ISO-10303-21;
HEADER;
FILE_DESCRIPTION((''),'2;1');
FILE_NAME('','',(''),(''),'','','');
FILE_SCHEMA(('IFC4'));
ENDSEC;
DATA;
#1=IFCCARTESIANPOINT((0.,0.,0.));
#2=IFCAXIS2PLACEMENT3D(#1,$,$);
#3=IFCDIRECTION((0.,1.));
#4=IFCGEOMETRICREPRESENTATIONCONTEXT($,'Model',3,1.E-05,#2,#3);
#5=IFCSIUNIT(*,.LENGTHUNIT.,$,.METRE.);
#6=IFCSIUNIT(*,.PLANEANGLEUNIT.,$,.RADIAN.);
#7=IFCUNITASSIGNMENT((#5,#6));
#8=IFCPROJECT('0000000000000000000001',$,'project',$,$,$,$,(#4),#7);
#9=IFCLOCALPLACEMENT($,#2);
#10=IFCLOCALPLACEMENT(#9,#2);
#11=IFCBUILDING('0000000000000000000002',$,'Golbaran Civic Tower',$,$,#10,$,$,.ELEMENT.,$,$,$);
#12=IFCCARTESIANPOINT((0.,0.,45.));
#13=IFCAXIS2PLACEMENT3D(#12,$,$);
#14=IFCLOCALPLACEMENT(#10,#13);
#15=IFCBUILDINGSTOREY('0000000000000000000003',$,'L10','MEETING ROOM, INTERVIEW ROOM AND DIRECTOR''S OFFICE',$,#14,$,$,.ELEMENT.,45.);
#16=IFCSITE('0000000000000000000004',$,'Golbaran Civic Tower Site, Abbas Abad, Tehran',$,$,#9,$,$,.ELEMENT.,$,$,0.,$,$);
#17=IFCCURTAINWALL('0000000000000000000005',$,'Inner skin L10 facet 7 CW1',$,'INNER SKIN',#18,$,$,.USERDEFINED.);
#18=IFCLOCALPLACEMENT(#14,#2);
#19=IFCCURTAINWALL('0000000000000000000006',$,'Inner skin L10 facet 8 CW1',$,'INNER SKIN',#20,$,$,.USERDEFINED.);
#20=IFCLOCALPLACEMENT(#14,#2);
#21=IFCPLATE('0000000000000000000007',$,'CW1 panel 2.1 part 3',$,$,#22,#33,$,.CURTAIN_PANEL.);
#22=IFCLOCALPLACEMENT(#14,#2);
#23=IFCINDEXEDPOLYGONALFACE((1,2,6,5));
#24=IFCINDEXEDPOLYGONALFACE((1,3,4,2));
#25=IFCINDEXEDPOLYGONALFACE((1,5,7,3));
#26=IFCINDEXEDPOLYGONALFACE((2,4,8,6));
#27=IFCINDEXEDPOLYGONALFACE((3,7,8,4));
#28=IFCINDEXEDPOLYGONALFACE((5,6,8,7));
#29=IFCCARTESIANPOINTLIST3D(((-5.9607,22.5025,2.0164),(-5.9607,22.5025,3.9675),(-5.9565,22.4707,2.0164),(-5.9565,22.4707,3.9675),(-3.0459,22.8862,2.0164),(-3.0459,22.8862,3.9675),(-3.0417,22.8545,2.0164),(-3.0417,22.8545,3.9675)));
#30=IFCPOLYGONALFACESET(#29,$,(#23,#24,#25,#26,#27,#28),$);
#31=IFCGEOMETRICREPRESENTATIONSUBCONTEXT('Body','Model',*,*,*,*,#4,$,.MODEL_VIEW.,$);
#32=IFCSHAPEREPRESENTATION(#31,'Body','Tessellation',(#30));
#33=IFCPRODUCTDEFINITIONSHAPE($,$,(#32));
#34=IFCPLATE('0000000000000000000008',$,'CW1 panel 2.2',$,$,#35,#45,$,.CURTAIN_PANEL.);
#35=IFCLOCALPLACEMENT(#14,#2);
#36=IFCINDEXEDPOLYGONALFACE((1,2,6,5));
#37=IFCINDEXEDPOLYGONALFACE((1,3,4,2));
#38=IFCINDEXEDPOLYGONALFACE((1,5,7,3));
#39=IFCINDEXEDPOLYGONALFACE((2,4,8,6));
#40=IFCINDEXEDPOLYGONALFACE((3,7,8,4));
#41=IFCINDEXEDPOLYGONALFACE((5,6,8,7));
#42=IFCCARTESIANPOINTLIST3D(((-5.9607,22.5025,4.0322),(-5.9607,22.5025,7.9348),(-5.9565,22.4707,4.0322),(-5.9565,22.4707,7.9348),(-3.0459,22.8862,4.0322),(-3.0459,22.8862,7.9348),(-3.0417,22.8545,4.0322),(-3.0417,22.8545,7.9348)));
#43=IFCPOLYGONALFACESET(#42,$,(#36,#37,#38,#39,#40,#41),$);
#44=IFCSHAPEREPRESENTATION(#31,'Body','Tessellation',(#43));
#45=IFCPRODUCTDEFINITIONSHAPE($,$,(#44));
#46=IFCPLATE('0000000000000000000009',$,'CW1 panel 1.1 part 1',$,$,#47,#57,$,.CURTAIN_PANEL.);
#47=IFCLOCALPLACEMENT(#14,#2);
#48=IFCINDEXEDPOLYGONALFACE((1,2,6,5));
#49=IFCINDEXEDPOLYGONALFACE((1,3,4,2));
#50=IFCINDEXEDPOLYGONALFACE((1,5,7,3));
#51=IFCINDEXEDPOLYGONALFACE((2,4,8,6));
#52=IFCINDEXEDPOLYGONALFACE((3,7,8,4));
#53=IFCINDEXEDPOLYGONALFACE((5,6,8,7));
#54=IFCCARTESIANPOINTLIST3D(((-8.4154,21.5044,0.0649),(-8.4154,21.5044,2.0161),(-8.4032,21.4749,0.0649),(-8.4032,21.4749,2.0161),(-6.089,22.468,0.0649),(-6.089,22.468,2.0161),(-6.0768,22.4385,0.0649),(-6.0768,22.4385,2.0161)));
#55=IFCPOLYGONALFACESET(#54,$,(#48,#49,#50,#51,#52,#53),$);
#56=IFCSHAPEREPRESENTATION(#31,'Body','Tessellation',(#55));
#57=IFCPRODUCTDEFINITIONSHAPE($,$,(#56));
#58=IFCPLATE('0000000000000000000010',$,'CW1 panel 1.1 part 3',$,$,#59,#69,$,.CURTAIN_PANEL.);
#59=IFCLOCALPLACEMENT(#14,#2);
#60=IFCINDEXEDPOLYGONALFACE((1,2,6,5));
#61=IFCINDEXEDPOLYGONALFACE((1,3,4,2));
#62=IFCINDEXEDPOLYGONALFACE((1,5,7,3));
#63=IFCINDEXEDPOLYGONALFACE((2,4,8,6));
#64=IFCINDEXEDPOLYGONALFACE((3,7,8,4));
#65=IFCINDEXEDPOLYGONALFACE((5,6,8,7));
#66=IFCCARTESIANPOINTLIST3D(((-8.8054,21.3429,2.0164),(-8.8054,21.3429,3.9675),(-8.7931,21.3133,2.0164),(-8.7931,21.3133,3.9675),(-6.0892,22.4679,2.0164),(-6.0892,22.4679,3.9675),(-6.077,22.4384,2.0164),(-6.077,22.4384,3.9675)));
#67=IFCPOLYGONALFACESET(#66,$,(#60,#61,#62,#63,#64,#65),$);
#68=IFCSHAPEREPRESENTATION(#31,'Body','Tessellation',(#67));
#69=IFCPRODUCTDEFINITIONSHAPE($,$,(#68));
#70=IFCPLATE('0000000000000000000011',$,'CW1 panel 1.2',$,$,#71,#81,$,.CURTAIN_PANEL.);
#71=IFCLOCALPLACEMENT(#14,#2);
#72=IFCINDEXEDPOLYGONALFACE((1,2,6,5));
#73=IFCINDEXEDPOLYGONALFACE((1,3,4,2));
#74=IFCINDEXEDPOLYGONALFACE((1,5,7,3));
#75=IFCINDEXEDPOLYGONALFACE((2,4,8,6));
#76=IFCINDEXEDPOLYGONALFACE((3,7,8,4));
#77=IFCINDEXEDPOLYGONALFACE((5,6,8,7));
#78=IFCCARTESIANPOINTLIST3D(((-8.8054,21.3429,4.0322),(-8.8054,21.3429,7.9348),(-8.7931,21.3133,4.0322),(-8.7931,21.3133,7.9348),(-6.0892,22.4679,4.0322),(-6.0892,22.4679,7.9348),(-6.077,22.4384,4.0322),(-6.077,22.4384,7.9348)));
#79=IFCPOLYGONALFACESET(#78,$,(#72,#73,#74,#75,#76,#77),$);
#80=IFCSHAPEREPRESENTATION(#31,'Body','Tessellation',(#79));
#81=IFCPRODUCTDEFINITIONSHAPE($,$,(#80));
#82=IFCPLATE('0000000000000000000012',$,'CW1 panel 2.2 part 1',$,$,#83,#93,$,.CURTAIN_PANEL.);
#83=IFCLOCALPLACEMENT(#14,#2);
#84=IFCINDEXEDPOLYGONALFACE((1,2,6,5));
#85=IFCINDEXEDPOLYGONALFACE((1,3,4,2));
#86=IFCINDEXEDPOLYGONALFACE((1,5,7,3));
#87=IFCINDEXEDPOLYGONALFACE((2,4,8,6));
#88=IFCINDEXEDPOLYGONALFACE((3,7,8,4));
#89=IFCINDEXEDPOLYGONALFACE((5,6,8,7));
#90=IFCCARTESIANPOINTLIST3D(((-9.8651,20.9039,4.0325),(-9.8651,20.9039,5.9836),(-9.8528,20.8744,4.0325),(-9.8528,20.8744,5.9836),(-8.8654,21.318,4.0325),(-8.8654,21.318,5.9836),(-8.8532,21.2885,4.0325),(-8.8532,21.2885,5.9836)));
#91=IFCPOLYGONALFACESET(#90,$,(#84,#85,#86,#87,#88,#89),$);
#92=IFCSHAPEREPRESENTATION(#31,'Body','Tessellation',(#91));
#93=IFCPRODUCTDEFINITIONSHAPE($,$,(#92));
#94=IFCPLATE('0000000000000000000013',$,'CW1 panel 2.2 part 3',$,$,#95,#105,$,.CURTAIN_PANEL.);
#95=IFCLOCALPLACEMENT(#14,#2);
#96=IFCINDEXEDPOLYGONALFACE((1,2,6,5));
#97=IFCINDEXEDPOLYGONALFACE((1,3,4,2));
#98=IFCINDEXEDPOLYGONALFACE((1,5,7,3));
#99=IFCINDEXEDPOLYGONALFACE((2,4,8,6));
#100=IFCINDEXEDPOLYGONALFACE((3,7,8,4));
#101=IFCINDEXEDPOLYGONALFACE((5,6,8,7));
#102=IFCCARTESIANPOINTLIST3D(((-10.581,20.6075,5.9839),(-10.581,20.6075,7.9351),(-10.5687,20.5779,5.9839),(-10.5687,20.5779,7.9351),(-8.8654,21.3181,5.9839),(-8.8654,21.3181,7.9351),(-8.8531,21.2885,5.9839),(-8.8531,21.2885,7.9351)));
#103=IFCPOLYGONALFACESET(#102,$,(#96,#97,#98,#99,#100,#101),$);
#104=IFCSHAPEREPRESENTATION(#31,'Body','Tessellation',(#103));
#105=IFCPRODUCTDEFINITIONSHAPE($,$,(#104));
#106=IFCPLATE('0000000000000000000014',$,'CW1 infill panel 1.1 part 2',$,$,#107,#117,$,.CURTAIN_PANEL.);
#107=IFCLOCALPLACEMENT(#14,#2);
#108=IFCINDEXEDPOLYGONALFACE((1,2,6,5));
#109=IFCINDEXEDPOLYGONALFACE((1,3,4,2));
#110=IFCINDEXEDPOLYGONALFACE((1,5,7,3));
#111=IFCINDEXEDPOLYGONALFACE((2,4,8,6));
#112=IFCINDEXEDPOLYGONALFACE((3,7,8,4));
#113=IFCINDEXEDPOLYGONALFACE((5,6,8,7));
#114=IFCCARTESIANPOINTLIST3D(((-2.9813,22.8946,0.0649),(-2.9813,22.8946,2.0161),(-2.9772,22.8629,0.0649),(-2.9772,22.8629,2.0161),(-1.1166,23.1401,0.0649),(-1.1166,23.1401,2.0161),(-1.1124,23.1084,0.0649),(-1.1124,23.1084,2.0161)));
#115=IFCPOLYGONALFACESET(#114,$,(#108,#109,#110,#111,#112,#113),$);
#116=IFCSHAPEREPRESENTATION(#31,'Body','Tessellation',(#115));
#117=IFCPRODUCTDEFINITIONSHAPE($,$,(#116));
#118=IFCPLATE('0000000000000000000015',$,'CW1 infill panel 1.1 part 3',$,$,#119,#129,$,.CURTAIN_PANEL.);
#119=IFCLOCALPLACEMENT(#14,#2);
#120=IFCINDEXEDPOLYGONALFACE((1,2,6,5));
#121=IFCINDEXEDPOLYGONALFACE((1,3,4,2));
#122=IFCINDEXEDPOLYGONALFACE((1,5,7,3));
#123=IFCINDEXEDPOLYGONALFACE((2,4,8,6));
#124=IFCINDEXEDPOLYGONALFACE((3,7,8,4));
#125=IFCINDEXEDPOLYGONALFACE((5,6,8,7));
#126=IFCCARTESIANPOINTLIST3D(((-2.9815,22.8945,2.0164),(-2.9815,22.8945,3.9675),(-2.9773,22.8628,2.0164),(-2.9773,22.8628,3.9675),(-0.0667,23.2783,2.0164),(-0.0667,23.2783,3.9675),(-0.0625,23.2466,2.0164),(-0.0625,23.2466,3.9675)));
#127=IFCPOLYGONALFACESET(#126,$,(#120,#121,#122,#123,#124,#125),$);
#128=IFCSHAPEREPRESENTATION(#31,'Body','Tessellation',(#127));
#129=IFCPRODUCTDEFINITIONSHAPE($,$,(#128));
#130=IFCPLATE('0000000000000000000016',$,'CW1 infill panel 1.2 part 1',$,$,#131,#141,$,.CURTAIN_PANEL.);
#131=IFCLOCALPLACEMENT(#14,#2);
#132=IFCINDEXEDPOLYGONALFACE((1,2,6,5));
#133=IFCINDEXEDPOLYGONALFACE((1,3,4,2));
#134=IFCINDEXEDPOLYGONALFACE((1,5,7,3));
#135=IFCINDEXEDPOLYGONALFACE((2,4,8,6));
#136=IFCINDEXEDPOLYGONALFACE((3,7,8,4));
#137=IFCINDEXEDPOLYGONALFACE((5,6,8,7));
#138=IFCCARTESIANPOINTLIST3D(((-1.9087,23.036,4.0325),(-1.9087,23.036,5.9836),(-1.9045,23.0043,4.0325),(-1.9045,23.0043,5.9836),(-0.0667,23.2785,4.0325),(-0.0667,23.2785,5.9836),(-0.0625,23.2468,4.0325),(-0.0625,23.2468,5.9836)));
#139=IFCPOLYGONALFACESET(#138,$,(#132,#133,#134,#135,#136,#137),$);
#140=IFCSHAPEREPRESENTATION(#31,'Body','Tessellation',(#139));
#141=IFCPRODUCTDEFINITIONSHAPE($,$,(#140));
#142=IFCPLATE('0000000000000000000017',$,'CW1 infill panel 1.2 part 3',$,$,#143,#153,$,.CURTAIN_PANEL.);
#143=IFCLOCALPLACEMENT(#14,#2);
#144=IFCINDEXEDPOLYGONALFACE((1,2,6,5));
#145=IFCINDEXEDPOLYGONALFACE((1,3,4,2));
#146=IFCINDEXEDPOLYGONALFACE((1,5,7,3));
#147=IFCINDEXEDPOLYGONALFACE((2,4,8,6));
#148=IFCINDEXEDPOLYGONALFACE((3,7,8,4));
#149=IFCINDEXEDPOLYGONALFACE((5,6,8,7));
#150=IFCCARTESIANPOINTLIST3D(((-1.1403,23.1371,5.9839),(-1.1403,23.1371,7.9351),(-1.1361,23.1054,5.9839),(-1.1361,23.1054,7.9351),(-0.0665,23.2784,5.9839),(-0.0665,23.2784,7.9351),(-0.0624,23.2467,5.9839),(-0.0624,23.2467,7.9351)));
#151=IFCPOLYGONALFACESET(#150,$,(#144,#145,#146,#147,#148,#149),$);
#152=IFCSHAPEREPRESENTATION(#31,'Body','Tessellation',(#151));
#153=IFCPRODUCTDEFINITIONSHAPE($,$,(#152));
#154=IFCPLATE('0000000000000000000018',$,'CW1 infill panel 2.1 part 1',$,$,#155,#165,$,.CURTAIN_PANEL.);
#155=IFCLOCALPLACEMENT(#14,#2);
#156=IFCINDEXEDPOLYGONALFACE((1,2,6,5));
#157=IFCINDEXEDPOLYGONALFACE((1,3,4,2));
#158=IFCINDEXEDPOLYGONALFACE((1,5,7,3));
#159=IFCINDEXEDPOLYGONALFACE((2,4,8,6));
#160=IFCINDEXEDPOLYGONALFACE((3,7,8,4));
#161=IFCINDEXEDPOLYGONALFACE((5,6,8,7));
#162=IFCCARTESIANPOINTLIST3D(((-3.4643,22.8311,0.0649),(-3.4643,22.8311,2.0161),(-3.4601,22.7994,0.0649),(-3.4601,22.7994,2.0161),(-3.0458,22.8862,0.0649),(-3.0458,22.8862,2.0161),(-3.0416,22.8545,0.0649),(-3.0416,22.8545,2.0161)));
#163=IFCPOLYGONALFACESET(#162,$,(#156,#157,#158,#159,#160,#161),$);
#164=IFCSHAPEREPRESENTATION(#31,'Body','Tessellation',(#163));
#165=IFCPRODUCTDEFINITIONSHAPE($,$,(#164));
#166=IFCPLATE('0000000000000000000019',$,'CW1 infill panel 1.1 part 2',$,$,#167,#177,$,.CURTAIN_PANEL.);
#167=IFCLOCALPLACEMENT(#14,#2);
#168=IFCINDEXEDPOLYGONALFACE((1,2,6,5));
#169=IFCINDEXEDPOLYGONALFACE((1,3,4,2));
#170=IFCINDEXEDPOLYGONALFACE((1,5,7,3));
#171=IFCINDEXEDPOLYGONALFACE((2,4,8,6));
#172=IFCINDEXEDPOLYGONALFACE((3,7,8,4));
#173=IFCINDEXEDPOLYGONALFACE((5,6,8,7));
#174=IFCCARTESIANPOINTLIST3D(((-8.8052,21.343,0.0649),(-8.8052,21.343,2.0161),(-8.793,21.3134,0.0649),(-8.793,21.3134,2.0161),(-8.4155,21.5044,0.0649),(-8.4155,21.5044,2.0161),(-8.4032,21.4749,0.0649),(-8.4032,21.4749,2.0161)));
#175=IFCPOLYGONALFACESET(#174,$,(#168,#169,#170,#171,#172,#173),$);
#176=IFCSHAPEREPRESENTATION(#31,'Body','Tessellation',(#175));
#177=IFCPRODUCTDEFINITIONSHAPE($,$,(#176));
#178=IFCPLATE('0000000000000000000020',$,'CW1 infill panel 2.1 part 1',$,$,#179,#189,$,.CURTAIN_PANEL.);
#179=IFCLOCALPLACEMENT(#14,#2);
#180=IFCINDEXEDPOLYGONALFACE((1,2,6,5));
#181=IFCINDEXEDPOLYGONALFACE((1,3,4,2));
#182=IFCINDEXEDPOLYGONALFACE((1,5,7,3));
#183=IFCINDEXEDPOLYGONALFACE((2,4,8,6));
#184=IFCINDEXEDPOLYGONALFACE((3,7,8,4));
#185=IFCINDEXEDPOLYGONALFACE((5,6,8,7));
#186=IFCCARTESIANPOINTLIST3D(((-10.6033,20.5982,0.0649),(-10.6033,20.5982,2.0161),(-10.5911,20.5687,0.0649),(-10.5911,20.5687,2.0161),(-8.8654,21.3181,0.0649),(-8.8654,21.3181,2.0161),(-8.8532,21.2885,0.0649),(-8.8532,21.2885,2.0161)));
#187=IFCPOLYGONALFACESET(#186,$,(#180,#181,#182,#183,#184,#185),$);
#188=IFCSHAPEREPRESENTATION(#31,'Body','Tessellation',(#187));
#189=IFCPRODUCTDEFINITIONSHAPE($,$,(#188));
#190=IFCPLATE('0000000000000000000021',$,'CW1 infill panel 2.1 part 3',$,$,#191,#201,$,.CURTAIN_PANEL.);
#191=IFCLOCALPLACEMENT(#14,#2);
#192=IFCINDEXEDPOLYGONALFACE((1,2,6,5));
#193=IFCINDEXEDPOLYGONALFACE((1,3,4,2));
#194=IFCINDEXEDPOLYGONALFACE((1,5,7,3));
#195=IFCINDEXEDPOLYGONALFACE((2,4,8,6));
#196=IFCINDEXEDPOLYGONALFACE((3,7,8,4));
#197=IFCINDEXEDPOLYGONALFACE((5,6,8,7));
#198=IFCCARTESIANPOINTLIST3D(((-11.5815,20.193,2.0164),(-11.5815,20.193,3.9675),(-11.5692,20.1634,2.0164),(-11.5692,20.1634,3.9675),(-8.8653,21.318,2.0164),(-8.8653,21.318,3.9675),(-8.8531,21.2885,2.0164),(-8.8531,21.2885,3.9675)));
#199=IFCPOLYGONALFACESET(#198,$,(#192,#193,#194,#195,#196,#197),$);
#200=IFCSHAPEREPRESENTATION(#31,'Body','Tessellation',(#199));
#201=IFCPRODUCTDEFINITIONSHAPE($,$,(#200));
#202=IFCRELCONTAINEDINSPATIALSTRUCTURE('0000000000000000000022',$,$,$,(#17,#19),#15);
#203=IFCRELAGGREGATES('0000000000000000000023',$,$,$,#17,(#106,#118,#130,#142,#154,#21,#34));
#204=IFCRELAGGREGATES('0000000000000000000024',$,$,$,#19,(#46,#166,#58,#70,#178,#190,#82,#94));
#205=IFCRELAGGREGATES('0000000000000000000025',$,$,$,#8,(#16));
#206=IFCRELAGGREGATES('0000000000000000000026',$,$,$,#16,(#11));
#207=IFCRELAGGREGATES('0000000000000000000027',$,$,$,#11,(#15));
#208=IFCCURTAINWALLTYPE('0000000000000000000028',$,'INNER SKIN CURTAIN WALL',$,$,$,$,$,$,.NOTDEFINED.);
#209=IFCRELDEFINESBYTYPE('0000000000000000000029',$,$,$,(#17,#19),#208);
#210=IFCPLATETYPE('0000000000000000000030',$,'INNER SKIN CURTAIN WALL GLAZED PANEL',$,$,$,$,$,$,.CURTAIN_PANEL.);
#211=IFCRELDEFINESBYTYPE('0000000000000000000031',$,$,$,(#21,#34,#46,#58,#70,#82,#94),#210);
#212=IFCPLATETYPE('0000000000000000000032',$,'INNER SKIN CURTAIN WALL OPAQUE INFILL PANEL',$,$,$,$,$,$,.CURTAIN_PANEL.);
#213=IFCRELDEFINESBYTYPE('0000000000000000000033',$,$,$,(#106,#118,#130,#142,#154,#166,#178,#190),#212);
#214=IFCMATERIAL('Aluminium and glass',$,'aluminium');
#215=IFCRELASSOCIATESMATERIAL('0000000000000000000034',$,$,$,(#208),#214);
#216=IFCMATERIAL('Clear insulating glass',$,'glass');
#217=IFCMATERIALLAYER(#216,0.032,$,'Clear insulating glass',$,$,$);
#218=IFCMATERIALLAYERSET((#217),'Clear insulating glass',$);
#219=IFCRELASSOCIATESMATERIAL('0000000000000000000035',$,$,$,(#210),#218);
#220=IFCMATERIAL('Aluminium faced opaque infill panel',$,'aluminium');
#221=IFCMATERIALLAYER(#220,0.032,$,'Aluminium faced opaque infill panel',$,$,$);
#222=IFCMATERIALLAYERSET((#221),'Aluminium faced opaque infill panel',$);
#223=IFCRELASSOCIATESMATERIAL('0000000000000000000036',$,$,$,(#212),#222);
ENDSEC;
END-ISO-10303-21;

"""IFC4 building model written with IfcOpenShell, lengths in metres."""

from ifc_helpers import new_model, si_unit, direction, frame, origin, origin_2d, place, context, subcontext, project, spatial, rectangle, extrude, material, layer, layer_set, type_object, element, aggregate, save


model = new_model("IFC4")

# Units and contexts
model_context = context("Model", 3, precision=1e-05, world=origin(), true_north=direction((0.0, 1.0)))
body_context = subcontext(model_context, "Body", "Model", "MODEL_VIEW")
ifc_project = project(units=[si_unit("LENGTHUNIT", "METRE"), si_unit("PLANEANGLEUNIT", "RADIAN")], contexts=[model_context])

# Site, building, storey
site_placement = place(None, origin())
site = spatial("IfcSite", under=ifc_project, at=site_placement, Name="Golbaran Civic Tower Site, Abbas Abad, Tehran", CompositionType="ELEMENT", RefElevation=0.0)
building_placement = place(site_placement, origin())
building = spatial("IfcBuilding", under=site, at=building_placement, Name="Golbaran Civic Tower", CompositionType="ELEMENT")
storey_placement = place(building_placement, frame((0.0, 0.0, 45.0)))
storey = spatial("IfcBuildingStorey", under=building, at=storey_placement, Name="L10", Description="MEETING ROOM, INTERVIEW ROOM AND DIRECTOR'S OFFICE", CompositionType="ELEMENT", Elevation=45.0)

# Curtain walls
ifc_material_1 = material(Name="Aluminium and glass", Category="aluminium")
curtain_wall_type = type_object("IfcCurtainWallType", Name="INNER SKIN CURTAIN WALL", PredefinedType="NOTDEFINED", material=ifc_material_1)
curtain_wall_1_placement = place(storey_placement, origin())
curtain_wall_1 = element("IfcCurtainWall", 1, at=curtain_wall_1_placement, inside=storey, type_object=curtain_wall_type, Name="Inner skin L10 facet 7 CW1", ObjectType="INNER SKIN", PredefinedType="USERDEFINED")
curtain_wall_2_placement = place(storey_placement, origin())
curtain_wall_2 = element("IfcCurtainWall", 2, at=curtain_wall_2_placement, inside=storey, type_object=curtain_wall_type, Name="Inner skin L10 facet 8 CW1", ObjectType="INNER SKIN", PredefinedType="USERDEFINED")

# Plates
ifc_material_2 = material(Name="Clear insulating glass", Category="glass")
ifc_layer_1 = layer(ifc_material_2, 0.032, Name="Clear insulating glass")
ifc_layer_set_1 = layer_set([ifc_layer_1], Name="Clear insulating glass")
plate_type_1 = type_object("IfcPlateType", Name="INNER SKIN CURTAIN WALL GLAZED PANEL", PredefinedType="CURTAIN_PANEL", material=ifc_layer_set_1)
plate_1_placement = place(storey_placement, frame((-4.5012, 22.6785, 2.0164), z_axis=(0.0, 0.0, 1.0), x_axis=(-0.991445, -0.130526, 0.0)))
plate_1 = element("IfcPlate", 3, at=plate_1_placement, type_object=plate_type_1, Name="CW1 panel 2.1 part 3", PredefinedType="CURTAIN_PANEL", context=body_context, shape_type="SweptSolid", body=[
    extrude(rectangle(XDim=2.9399, YDim=0.032, at=origin_2d()), origin(), (0.0, 0.0, 1.0), 1.9512),
])
plate_2_placement = place(storey_placement, frame((-4.5012, 22.6785, 4.0322), z_axis=(0.0, 0.0, 1.0), x_axis=(-0.991445, -0.130526, 0.0)))
plate_2 = element("IfcPlate", 4, at=plate_2_placement, type_object=plate_type_1, Name="CW1 panel 2.2", PredefinedType="CURTAIN_PANEL", context=body_context, shape_type="SweptSolid", body=[
    extrude(rectangle(XDim=2.9399, YDim=0.032, at=origin_2d()), origin(), (0.0, 0.0, 1.0), 3.9026),
])
plate_3_placement = place(storey_placement, frame((-7.2461, 21.9714, 0.0649), z_axis=(0.0, 0.0, 1.0), x_axis=(-0.92388, -0.382683, 0.0)))
plate_3 = element("IfcPlate", 5, at=plate_3_placement, type_object=plate_type_1, Name="CW1 panel 1.1 part 1", PredefinedType="CURTAIN_PANEL", context=body_context, shape_type="SweptSolid", body=[
    extrude(rectangle(XDim=2.5181, YDim=0.032, at=origin_2d()), origin(), (0.0, 0.0, 1.0), 1.9512),
])
plate_4_placement = place(storey_placement, frame((-7.4412, 21.8906, 2.0164), z_axis=(0.0, 0.0, 1.0), x_axis=(-0.92388, -0.382683, 0.0)))
plate_4 = element("IfcPlate", 6, at=plate_4_placement, type_object=plate_type_1, Name="CW1 panel 1.1 part 3", PredefinedType="CURTAIN_PANEL", context=body_context, shape_type="SweptSolid", body=[
    extrude(rectangle(XDim=2.9399, YDim=0.032, at=origin_2d()), origin(), (0.0, 0.0, 1.0), 1.9512),
])
plate_5_placement = place(storey_placement, frame((-7.4412, 21.8906, 4.0322), z_axis=(0.0, 0.0, 1.0), x_axis=(-0.92388, -0.382683, 0.0)))
plate_5 = element("IfcPlate", 7, at=plate_5_placement, type_object=plate_type_1, Name="CW1 panel 1.2", PredefinedType="CURTAIN_PANEL", context=body_context, shape_type="SweptSolid", body=[
    extrude(rectangle(XDim=2.9399, YDim=0.032, at=origin_2d()), origin(), (0.0, 0.0, 1.0), 3.9026),
])
plate_6_placement = place(storey_placement, frame((-9.3591, 21.0962, 4.0325), z_axis=(0.0, 0.0, 1.0), x_axis=(-0.92388, -0.382683, 0.0)))
plate_6 = element("IfcPlate", 8, at=plate_6_placement, type_object=plate_type_1, Name="CW1 panel 2.2 part 1", PredefinedType="CURTAIN_PANEL", context=body_context, shape_type="SweptSolid", body=[
    extrude(rectangle(XDim=1.082, YDim=0.032, at=origin_2d()), origin(), (0.0, 0.0, 1.0), 1.9512),
])
plate_7_placement = place(storey_placement, frame((-9.717, 20.948, 5.9839), z_axis=(0.0, 0.0, 1.0), x_axis=(-0.92388, -0.382683, 0.0)))
plate_7 = element("IfcPlate", 9, at=plate_7_placement, type_object=plate_type_1, Name="CW1 panel 2.2 part 3", PredefinedType="CURTAIN_PANEL", context=body_context, shape_type="SweptSolid", body=[
    extrude(rectangle(XDim=1.8569, YDim=0.032, at=origin_2d()), origin(), (0.0, 0.0, 1.0), 1.9512),
])
ifc_material_3 = material(Name="Aluminium faced opaque infill panel", Category="aluminium")
ifc_layer_2 = layer(ifc_material_3, 0.032, Name="Aluminium faced opaque infill panel")
ifc_layer_set_2 = layer_set([ifc_layer_2], Name="Aluminium faced opaque infill panel")
plate_type_2 = type_object("IfcPlateType", Name="INNER SKIN CURTAIN WALL OPAQUE INFILL PANEL", PredefinedType="CURTAIN_PANEL", material=ifc_layer_set_2)
plate_8_placement = place(storey_placement, frame((-2.0469, 23.0015, 0.0649), z_axis=(0.0, 0.0, 1.0), x_axis=(-0.991445, -0.130526, 0.0)))
plate_8 = element("IfcPlate", 10, at=plate_8_placement, type_object=plate_type_2, Name="CW1 infill panel 1.1 part 2", PredefinedType="CURTAIN_PANEL", context=body_context, shape_type="SweptSolid", body=[
    extrude(rectangle(XDim=1.8809, YDim=0.032, at=origin_2d()), origin(), (0.0, 0.0, 1.0), 1.9512),
])
plate_9_placement = place(storey_placement, frame((-1.522, 23.0706, 2.0164), z_axis=(0.0, 0.0, 1.0), x_axis=(-0.991445, -0.130526, 0.0)))
plate_9 = element("IfcPlate", 11, at=plate_9_placement, type_object=plate_type_2, Name="CW1 infill panel 1.1 part 3", PredefinedType="CURTAIN_PANEL", context=body_context, shape_type="SweptSolid", body=[
    extrude(rectangle(XDim=2.9399, YDim=0.032, at=origin_2d()), origin(), (0.0, 0.0, 1.0), 1.9512),
])
plate_10_placement = place(storey_placement, frame((-0.9856, 23.1414, 4.0325), z_axis=(0.0, 0.0, 1.0), x_axis=(-0.991445, -0.130526, 0.0)))
plate_10 = element("IfcPlate", 12, at=plate_10_placement, type_object=plate_type_2, Name="CW1 infill panel 1.2 part 1", PredefinedType="CURTAIN_PANEL", context=body_context, shape_type="SweptSolid", body=[
    extrude(rectangle(XDim=1.8579, YDim=0.032, at=origin_2d()), origin(), (0.0, 0.0, 1.0), 1.9512),
])
plate_11_placement = place(storey_placement, frame((-0.6013, 23.1919, 5.9839), z_axis=(0.0, 0.0, 1.0), x_axis=(-0.991445, -0.130526, 0.0)))
plate_11 = element("IfcPlate", 13, at=plate_11_placement, type_object=plate_type_2, Name="CW1 infill panel 1.2 part 3", PredefinedType="CURTAIN_PANEL", context=body_context, shape_type="SweptSolid", body=[
    extrude(rectangle(XDim=1.083, YDim=0.032, at=origin_2d()), origin(), (0.0, 0.0, 1.0), 1.9512),
])
plate_12_placement = place(storey_placement, frame((-3.2529, 22.8428, 0.0649), z_axis=(0.0, 0.0, 1.0), x_axis=(-0.991445, -0.130526, 0.0)))
plate_12 = element("IfcPlate", 14, at=plate_12_placement, type_object=plate_type_2, Name="CW1 infill panel 2.1 part 1", PredefinedType="CURTAIN_PANEL", context=body_context, shape_type="SweptSolid", body=[
    extrude(rectangle(XDim=0.4221, YDim=0.032, at=origin_2d()), origin(), (0.0, 0.0, 1.0), 1.9512),
])
aggregate(curtain_wall_1, [plate_8, plate_9, plate_10, plate_11, plate_12, plate_1, plate_2])
plate_13_placement = place(storey_placement, frame((-8.6042, 21.4089, 0.0649), z_axis=(0.0, 0.0, 1.0), x_axis=(-0.92388, -0.382683, 0.0)))
plate_13 = element("IfcPlate", 15, at=plate_13_placement, type_object=plate_type_2, Name="CW1 infill panel 1.1 part 2", PredefinedType="CURTAIN_PANEL", context=body_context, shape_type="SweptSolid", body=[
    extrude(rectangle(XDim=0.4219, YDim=0.032, at=origin_2d()), origin(), (0.0, 0.0, 1.0), 1.9512),
])
plate_14_placement = place(storey_placement, frame((-9.7283, 20.9434, 0.0649), z_axis=(0.0, 0.0, 1.0), x_axis=(-0.92388, -0.382683, 0.0)))
plate_14 = element("IfcPlate", 16, at=plate_14_placement, type_object=plate_type_2, Name="CW1 infill panel 2.1 part 1", PredefinedType="CURTAIN_PANEL", context=body_context, shape_type="SweptSolid", body=[
    extrude(rectangle(XDim=1.8811, YDim=0.032, at=origin_2d()), origin(), (0.0, 0.0, 1.0), 1.9512),
])
plate_15_placement = place(storey_placement, frame((-10.2173, 20.7407, 2.0164), z_axis=(0.0, 0.0, 1.0), x_axis=(-0.92388, -0.382683, 0.0)))
plate_15 = element("IfcPlate", 17, at=plate_15_placement, type_object=plate_type_2, Name="CW1 infill panel 2.1 part 3", PredefinedType="CURTAIN_PANEL", context=body_context, shape_type="SweptSolid", body=[
    extrude(rectangle(XDim=2.9399, YDim=0.032, at=origin_2d()), origin(), (0.0, 0.0, 1.0), 1.9512),
])
aggregate(curtain_wall_2, [plate_3, plate_13, plate_4, plate_5, plate_14, plate_15, plate_6, plate_7])

save(model, "model.ifc")
